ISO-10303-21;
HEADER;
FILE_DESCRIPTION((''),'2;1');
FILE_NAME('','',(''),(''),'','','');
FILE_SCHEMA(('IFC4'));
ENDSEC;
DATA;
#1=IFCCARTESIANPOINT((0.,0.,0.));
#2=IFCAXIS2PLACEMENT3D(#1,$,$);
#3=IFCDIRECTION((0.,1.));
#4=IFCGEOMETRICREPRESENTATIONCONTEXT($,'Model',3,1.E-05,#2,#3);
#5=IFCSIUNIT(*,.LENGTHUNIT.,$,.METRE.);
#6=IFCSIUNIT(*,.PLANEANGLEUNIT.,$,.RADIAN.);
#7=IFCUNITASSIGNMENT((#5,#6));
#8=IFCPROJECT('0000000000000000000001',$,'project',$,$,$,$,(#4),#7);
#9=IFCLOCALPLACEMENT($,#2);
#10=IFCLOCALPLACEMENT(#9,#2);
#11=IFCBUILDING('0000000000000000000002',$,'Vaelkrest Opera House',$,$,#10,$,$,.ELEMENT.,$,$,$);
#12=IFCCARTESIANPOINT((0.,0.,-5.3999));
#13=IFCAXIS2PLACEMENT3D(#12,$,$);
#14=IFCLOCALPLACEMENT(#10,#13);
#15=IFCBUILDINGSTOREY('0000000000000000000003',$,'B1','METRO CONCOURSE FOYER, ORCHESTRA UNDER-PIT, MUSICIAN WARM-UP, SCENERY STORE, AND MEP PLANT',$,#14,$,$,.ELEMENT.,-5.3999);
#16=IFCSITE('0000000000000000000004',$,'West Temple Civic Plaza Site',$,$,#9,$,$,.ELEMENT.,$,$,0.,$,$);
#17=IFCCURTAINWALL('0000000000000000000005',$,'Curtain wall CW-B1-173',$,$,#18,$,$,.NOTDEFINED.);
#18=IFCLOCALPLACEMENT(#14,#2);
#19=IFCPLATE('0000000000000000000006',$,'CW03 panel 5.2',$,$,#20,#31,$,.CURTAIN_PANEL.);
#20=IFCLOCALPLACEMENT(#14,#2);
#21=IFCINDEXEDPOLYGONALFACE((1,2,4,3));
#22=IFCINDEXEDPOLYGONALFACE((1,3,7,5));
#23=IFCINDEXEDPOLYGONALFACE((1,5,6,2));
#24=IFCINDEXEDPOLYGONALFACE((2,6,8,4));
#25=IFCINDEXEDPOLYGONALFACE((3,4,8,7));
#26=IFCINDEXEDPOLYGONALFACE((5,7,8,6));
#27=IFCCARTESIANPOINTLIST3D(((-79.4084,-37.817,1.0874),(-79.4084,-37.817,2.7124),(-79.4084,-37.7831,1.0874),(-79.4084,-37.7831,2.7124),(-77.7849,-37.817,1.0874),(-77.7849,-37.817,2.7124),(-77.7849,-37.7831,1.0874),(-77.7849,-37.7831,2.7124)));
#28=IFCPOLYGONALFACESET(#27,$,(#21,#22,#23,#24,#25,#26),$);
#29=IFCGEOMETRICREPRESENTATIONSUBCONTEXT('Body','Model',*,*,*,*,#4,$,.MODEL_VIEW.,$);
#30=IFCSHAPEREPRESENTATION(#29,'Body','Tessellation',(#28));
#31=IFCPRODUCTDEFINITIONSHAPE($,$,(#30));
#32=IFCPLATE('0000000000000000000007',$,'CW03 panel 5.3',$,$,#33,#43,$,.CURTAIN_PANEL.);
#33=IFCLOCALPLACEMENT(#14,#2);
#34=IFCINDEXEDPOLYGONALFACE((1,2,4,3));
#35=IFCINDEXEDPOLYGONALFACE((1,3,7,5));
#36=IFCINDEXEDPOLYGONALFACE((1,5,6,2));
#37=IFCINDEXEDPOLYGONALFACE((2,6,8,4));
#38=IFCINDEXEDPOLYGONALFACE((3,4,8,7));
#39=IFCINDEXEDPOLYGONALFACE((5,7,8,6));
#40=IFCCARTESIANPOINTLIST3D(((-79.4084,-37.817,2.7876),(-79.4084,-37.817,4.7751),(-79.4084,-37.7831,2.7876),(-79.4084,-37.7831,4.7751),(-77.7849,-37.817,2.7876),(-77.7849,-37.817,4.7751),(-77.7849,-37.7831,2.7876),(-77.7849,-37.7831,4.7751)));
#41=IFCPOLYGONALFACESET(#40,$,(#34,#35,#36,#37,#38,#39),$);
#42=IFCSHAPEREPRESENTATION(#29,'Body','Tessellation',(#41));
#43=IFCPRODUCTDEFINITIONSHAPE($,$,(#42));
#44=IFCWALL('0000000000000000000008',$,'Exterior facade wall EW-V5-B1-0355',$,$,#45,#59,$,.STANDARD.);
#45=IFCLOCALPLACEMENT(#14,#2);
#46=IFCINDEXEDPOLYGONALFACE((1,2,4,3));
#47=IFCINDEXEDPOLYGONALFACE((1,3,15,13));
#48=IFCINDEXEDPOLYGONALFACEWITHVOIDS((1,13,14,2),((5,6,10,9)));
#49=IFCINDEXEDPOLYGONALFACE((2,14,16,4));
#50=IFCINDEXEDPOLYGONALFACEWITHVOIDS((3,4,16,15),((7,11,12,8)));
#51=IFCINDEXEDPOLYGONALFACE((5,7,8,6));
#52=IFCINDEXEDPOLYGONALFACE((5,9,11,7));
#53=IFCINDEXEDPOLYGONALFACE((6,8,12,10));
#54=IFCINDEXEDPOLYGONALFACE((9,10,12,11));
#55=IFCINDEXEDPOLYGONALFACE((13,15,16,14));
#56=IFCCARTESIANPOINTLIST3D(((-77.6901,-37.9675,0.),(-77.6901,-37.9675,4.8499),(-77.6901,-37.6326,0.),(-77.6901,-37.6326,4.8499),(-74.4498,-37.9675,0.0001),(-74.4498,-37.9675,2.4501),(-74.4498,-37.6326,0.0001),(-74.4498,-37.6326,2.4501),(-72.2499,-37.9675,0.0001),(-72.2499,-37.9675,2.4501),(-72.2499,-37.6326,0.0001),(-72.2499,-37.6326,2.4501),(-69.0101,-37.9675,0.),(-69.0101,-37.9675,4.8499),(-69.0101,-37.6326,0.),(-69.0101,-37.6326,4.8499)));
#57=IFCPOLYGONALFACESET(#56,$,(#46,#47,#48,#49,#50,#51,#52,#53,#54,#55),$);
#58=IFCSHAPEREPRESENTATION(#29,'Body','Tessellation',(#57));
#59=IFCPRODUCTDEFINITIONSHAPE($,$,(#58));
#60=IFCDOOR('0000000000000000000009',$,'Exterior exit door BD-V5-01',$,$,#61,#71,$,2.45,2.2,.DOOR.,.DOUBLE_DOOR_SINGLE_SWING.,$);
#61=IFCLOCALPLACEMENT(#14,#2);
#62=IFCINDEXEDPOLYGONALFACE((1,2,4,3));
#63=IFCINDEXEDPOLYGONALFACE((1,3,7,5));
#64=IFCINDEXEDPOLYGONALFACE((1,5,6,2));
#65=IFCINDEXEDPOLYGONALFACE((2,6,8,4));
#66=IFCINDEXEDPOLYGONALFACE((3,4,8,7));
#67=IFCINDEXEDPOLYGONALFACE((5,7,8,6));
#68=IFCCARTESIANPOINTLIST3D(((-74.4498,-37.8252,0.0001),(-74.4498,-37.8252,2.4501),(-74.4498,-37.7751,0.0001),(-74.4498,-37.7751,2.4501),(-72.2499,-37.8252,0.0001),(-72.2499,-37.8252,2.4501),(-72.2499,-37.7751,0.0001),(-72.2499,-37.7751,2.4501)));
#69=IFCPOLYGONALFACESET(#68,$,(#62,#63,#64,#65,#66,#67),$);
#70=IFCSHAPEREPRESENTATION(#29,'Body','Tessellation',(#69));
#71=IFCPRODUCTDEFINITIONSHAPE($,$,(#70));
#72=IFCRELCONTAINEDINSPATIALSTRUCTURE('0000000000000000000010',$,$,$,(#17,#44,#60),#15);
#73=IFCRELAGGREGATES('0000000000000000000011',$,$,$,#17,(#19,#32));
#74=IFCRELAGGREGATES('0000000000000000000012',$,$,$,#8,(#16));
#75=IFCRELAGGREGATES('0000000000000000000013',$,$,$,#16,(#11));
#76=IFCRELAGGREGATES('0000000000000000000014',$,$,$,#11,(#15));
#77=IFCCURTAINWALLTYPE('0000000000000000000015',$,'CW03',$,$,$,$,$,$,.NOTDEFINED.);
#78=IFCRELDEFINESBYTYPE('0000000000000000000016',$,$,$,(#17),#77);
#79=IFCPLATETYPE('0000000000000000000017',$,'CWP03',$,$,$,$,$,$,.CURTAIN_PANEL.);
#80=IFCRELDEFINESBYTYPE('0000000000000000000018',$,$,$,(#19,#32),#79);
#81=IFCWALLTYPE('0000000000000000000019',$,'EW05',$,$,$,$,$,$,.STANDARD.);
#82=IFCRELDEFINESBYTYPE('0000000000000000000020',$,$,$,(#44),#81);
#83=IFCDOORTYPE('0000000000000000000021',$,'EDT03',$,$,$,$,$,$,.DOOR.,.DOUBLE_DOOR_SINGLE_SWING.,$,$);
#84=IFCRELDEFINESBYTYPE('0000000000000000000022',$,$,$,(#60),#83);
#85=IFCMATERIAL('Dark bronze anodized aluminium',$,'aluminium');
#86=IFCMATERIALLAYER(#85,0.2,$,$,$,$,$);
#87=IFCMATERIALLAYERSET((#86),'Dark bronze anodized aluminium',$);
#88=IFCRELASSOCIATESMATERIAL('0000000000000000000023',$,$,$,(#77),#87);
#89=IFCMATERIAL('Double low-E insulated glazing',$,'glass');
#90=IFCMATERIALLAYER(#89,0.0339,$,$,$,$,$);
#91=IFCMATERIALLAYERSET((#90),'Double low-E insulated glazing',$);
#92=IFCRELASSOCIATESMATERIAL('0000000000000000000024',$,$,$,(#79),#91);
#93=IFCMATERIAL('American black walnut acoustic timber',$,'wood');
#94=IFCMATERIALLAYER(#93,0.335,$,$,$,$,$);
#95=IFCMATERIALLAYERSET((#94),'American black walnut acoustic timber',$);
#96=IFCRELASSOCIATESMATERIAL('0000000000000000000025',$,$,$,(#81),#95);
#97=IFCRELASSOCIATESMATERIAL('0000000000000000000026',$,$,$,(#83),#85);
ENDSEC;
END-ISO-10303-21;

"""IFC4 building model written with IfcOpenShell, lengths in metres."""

from ifc_helpers import new_model, si_unit, direction, frame, frame_2d, origin, origin_2d, place, context, subcontext, project, spatial, rectangle, extrude, material, layer, layer_set, type_object, element, fill, aggregate, save


model = new_model("IFC4")

# Units and contexts
model_context = context("Model", 3, precision=1e-05, world=origin(), true_north=direction((0.0, 1.0)))
body_context = subcontext(model_context, "Body", "Model", "MODEL_VIEW")
ifc_project = project(units=[si_unit("LENGTHUNIT", "METRE"), si_unit("PLANEANGLEUNIT", "RADIAN")], contexts=[model_context])

# Site, building, storey
site_placement = place(None, origin())
site = spatial("IfcSite", under=ifc_project, at=site_placement, Name="West Temple Civic Plaza Site", CompositionType="ELEMENT", RefElevation=0.0)
building_placement = place(site_placement, origin())
building = spatial("IfcBuilding", under=site, at=building_placement, Name="Vaelkrest Opera House", CompositionType="ELEMENT")
storey_placement = place(building_placement, frame((0.0, 0.0, -5.3999)))
storey = spatial("IfcBuildingStorey", under=building, at=storey_placement, Name="B1", Description="METRO CONCOURSE FOYER, ORCHESTRA UNDER-PIT, MUSICIAN WARM-UP, SCENERY STORE, AND MEP PLANT", CompositionType="ELEMENT", Elevation=-5.3999)

# Curtain wall, plates
ifc_material_1 = material(Name="Dark bronze anodized aluminium", Category="aluminium")
ifc_layer_1 = layer(ifc_material_1, 0.2)
ifc_layer_set_1 = layer_set([ifc_layer_1], Name="Dark bronze anodized aluminium")
curtain_wall_type = type_object("IfcCurtainWallType", Name="CW03", PredefinedType="NOTDEFINED", material=ifc_layer_set_1)
curtain_wall_placement = place(storey_placement, origin())
curtain_wall = element("IfcCurtainWall", 1, at=curtain_wall_placement, inside=storey, type_object=curtain_wall_type, Name="Curtain wall CW-B1-173", PredefinedType="NOTDEFINED")
ifc_material_2 = material(Name="Double low-E insulated glazing", Category="glass")
ifc_layer_2 = layer(ifc_material_2, 0.0339)
ifc_layer_set_2 = layer_set([ifc_layer_2], Name="Double low-E insulated glazing")
plate_type = type_object("IfcPlateType", Name="CWP03", PredefinedType="CURTAIN_PANEL", material=ifc_layer_set_2)
plate_1_placement = place(storey_placement, frame((-78.5967, -37.8, 1.0874), z_axis=(0.0, 0.0, 1.0), x_axis=(1.0, 0.0, 0.0)))
plate_1 = element("IfcPlate", 2, at=plate_1_placement, type_object=plate_type, Name="CW03 panel 5.2", PredefinedType="CURTAIN_PANEL", context=body_context, shape_type="SweptSolid", body=[
    extrude(rectangle(XDim=1.6235, YDim=0.0339, at=origin_2d()), origin(), (0.0, 0.0, 1.0), 1.625),
])
plate_2_placement = place(storey_placement, frame((-78.5967, -37.8, 2.7876), z_axis=(0.0, 0.0, 1.0), x_axis=(1.0, 0.0, 0.0)))
plate_2 = element("IfcPlate", 3, at=plate_2_placement, type_object=plate_type, Name="CW03 panel 5.3", PredefinedType="CURTAIN_PANEL", context=body_context, shape_type="SweptSolid", body=[
    extrude(rectangle(XDim=1.6235, YDim=0.0339, at=origin_2d()), origin(), (0.0, 0.0, 1.0), 1.9875),
])
aggregate(curtain_wall, [plate_1, plate_2])

# Wall, opening, door
ifc_material_3 = material(Name="American black walnut acoustic timber", Category="wood")
ifc_layer_3 = layer(ifc_material_3, 0.335)
ifc_layer_set_3 = layer_set([ifc_layer_3], Name="American black walnut acoustic timber")
wall_type = type_object("IfcWallType", Name="EW05", PredefinedType="STANDARD", material=ifc_layer_set_3)
wall_placement = place(storey_placement, frame((-77.6899, -37.8, 0.0), z_axis=(0.0, 0.0, 1.0), x_axis=(1.0, 0.0, 0.0)))
wall = element("IfcWall", 4, at=wall_placement, inside=storey, type_object=wall_type, Name="Exterior facade wall EW-V5-B1-0355", PredefinedType="STANDARD", context=body_context, shape_type="SweptSolid", body=[
    extrude(rectangle(XDim=8.6799, YDim=0.335, at=frame_2d((4.3398, 0.0))), origin(), (0.0, 0.0, 1.0), 4.8499),
])
opening_placement = place(wall_placement, frame((3.24, 0.0, 0.0)))
opening = element("IfcOpeningElement", 5, at=opening_placement, cuts=wall, PredefinedType="OPENING", context=body_context, shape_type="SweptSolid", body=[
    extrude(rectangle(XDim=2.2, YDim=2.45, at=frame_2d((1.1001, 1.2251))), frame((0.0, 0.1775, 0.0), z_axis=(0.0, -1.0, 0.0), x_axis=(1.0, 0.0, 0.0)), (0.0, 0.0, 1.0), 0.355),
])
door_type = type_object("IfcDoorType", Name="EDT03", OperationType="DOUBLE_DOOR_SINGLE_SWING", PredefinedType="DOOR", material=ifc_material_1)
door_placement = place(opening_placement, origin())
door = element("IfcDoor", 6, at=door_placement, inside=storey, type_object=door_type, Name="Exterior exit door BD-V5-01", OperationType="DOUBLE_DOOR_SINGLE_SWING", OverallHeight=2.45, OverallWidth=2.2, PredefinedType="DOOR", context=body_context, shape_type="SweptSolid", body=[
    extrude(rectangle(XDim=2.2, YDim=2.45, at=frame_2d((1.1001, 1.2251))), frame((0.0, 0.0249, 0.0), z_axis=(0.0, -1.0, 0.0), x_axis=(1.0, 0.0, 0.0)), (0.0, 0.0, 1.0), 0.05),
])
fill(opening, door)

save(model, "model.ifc")
